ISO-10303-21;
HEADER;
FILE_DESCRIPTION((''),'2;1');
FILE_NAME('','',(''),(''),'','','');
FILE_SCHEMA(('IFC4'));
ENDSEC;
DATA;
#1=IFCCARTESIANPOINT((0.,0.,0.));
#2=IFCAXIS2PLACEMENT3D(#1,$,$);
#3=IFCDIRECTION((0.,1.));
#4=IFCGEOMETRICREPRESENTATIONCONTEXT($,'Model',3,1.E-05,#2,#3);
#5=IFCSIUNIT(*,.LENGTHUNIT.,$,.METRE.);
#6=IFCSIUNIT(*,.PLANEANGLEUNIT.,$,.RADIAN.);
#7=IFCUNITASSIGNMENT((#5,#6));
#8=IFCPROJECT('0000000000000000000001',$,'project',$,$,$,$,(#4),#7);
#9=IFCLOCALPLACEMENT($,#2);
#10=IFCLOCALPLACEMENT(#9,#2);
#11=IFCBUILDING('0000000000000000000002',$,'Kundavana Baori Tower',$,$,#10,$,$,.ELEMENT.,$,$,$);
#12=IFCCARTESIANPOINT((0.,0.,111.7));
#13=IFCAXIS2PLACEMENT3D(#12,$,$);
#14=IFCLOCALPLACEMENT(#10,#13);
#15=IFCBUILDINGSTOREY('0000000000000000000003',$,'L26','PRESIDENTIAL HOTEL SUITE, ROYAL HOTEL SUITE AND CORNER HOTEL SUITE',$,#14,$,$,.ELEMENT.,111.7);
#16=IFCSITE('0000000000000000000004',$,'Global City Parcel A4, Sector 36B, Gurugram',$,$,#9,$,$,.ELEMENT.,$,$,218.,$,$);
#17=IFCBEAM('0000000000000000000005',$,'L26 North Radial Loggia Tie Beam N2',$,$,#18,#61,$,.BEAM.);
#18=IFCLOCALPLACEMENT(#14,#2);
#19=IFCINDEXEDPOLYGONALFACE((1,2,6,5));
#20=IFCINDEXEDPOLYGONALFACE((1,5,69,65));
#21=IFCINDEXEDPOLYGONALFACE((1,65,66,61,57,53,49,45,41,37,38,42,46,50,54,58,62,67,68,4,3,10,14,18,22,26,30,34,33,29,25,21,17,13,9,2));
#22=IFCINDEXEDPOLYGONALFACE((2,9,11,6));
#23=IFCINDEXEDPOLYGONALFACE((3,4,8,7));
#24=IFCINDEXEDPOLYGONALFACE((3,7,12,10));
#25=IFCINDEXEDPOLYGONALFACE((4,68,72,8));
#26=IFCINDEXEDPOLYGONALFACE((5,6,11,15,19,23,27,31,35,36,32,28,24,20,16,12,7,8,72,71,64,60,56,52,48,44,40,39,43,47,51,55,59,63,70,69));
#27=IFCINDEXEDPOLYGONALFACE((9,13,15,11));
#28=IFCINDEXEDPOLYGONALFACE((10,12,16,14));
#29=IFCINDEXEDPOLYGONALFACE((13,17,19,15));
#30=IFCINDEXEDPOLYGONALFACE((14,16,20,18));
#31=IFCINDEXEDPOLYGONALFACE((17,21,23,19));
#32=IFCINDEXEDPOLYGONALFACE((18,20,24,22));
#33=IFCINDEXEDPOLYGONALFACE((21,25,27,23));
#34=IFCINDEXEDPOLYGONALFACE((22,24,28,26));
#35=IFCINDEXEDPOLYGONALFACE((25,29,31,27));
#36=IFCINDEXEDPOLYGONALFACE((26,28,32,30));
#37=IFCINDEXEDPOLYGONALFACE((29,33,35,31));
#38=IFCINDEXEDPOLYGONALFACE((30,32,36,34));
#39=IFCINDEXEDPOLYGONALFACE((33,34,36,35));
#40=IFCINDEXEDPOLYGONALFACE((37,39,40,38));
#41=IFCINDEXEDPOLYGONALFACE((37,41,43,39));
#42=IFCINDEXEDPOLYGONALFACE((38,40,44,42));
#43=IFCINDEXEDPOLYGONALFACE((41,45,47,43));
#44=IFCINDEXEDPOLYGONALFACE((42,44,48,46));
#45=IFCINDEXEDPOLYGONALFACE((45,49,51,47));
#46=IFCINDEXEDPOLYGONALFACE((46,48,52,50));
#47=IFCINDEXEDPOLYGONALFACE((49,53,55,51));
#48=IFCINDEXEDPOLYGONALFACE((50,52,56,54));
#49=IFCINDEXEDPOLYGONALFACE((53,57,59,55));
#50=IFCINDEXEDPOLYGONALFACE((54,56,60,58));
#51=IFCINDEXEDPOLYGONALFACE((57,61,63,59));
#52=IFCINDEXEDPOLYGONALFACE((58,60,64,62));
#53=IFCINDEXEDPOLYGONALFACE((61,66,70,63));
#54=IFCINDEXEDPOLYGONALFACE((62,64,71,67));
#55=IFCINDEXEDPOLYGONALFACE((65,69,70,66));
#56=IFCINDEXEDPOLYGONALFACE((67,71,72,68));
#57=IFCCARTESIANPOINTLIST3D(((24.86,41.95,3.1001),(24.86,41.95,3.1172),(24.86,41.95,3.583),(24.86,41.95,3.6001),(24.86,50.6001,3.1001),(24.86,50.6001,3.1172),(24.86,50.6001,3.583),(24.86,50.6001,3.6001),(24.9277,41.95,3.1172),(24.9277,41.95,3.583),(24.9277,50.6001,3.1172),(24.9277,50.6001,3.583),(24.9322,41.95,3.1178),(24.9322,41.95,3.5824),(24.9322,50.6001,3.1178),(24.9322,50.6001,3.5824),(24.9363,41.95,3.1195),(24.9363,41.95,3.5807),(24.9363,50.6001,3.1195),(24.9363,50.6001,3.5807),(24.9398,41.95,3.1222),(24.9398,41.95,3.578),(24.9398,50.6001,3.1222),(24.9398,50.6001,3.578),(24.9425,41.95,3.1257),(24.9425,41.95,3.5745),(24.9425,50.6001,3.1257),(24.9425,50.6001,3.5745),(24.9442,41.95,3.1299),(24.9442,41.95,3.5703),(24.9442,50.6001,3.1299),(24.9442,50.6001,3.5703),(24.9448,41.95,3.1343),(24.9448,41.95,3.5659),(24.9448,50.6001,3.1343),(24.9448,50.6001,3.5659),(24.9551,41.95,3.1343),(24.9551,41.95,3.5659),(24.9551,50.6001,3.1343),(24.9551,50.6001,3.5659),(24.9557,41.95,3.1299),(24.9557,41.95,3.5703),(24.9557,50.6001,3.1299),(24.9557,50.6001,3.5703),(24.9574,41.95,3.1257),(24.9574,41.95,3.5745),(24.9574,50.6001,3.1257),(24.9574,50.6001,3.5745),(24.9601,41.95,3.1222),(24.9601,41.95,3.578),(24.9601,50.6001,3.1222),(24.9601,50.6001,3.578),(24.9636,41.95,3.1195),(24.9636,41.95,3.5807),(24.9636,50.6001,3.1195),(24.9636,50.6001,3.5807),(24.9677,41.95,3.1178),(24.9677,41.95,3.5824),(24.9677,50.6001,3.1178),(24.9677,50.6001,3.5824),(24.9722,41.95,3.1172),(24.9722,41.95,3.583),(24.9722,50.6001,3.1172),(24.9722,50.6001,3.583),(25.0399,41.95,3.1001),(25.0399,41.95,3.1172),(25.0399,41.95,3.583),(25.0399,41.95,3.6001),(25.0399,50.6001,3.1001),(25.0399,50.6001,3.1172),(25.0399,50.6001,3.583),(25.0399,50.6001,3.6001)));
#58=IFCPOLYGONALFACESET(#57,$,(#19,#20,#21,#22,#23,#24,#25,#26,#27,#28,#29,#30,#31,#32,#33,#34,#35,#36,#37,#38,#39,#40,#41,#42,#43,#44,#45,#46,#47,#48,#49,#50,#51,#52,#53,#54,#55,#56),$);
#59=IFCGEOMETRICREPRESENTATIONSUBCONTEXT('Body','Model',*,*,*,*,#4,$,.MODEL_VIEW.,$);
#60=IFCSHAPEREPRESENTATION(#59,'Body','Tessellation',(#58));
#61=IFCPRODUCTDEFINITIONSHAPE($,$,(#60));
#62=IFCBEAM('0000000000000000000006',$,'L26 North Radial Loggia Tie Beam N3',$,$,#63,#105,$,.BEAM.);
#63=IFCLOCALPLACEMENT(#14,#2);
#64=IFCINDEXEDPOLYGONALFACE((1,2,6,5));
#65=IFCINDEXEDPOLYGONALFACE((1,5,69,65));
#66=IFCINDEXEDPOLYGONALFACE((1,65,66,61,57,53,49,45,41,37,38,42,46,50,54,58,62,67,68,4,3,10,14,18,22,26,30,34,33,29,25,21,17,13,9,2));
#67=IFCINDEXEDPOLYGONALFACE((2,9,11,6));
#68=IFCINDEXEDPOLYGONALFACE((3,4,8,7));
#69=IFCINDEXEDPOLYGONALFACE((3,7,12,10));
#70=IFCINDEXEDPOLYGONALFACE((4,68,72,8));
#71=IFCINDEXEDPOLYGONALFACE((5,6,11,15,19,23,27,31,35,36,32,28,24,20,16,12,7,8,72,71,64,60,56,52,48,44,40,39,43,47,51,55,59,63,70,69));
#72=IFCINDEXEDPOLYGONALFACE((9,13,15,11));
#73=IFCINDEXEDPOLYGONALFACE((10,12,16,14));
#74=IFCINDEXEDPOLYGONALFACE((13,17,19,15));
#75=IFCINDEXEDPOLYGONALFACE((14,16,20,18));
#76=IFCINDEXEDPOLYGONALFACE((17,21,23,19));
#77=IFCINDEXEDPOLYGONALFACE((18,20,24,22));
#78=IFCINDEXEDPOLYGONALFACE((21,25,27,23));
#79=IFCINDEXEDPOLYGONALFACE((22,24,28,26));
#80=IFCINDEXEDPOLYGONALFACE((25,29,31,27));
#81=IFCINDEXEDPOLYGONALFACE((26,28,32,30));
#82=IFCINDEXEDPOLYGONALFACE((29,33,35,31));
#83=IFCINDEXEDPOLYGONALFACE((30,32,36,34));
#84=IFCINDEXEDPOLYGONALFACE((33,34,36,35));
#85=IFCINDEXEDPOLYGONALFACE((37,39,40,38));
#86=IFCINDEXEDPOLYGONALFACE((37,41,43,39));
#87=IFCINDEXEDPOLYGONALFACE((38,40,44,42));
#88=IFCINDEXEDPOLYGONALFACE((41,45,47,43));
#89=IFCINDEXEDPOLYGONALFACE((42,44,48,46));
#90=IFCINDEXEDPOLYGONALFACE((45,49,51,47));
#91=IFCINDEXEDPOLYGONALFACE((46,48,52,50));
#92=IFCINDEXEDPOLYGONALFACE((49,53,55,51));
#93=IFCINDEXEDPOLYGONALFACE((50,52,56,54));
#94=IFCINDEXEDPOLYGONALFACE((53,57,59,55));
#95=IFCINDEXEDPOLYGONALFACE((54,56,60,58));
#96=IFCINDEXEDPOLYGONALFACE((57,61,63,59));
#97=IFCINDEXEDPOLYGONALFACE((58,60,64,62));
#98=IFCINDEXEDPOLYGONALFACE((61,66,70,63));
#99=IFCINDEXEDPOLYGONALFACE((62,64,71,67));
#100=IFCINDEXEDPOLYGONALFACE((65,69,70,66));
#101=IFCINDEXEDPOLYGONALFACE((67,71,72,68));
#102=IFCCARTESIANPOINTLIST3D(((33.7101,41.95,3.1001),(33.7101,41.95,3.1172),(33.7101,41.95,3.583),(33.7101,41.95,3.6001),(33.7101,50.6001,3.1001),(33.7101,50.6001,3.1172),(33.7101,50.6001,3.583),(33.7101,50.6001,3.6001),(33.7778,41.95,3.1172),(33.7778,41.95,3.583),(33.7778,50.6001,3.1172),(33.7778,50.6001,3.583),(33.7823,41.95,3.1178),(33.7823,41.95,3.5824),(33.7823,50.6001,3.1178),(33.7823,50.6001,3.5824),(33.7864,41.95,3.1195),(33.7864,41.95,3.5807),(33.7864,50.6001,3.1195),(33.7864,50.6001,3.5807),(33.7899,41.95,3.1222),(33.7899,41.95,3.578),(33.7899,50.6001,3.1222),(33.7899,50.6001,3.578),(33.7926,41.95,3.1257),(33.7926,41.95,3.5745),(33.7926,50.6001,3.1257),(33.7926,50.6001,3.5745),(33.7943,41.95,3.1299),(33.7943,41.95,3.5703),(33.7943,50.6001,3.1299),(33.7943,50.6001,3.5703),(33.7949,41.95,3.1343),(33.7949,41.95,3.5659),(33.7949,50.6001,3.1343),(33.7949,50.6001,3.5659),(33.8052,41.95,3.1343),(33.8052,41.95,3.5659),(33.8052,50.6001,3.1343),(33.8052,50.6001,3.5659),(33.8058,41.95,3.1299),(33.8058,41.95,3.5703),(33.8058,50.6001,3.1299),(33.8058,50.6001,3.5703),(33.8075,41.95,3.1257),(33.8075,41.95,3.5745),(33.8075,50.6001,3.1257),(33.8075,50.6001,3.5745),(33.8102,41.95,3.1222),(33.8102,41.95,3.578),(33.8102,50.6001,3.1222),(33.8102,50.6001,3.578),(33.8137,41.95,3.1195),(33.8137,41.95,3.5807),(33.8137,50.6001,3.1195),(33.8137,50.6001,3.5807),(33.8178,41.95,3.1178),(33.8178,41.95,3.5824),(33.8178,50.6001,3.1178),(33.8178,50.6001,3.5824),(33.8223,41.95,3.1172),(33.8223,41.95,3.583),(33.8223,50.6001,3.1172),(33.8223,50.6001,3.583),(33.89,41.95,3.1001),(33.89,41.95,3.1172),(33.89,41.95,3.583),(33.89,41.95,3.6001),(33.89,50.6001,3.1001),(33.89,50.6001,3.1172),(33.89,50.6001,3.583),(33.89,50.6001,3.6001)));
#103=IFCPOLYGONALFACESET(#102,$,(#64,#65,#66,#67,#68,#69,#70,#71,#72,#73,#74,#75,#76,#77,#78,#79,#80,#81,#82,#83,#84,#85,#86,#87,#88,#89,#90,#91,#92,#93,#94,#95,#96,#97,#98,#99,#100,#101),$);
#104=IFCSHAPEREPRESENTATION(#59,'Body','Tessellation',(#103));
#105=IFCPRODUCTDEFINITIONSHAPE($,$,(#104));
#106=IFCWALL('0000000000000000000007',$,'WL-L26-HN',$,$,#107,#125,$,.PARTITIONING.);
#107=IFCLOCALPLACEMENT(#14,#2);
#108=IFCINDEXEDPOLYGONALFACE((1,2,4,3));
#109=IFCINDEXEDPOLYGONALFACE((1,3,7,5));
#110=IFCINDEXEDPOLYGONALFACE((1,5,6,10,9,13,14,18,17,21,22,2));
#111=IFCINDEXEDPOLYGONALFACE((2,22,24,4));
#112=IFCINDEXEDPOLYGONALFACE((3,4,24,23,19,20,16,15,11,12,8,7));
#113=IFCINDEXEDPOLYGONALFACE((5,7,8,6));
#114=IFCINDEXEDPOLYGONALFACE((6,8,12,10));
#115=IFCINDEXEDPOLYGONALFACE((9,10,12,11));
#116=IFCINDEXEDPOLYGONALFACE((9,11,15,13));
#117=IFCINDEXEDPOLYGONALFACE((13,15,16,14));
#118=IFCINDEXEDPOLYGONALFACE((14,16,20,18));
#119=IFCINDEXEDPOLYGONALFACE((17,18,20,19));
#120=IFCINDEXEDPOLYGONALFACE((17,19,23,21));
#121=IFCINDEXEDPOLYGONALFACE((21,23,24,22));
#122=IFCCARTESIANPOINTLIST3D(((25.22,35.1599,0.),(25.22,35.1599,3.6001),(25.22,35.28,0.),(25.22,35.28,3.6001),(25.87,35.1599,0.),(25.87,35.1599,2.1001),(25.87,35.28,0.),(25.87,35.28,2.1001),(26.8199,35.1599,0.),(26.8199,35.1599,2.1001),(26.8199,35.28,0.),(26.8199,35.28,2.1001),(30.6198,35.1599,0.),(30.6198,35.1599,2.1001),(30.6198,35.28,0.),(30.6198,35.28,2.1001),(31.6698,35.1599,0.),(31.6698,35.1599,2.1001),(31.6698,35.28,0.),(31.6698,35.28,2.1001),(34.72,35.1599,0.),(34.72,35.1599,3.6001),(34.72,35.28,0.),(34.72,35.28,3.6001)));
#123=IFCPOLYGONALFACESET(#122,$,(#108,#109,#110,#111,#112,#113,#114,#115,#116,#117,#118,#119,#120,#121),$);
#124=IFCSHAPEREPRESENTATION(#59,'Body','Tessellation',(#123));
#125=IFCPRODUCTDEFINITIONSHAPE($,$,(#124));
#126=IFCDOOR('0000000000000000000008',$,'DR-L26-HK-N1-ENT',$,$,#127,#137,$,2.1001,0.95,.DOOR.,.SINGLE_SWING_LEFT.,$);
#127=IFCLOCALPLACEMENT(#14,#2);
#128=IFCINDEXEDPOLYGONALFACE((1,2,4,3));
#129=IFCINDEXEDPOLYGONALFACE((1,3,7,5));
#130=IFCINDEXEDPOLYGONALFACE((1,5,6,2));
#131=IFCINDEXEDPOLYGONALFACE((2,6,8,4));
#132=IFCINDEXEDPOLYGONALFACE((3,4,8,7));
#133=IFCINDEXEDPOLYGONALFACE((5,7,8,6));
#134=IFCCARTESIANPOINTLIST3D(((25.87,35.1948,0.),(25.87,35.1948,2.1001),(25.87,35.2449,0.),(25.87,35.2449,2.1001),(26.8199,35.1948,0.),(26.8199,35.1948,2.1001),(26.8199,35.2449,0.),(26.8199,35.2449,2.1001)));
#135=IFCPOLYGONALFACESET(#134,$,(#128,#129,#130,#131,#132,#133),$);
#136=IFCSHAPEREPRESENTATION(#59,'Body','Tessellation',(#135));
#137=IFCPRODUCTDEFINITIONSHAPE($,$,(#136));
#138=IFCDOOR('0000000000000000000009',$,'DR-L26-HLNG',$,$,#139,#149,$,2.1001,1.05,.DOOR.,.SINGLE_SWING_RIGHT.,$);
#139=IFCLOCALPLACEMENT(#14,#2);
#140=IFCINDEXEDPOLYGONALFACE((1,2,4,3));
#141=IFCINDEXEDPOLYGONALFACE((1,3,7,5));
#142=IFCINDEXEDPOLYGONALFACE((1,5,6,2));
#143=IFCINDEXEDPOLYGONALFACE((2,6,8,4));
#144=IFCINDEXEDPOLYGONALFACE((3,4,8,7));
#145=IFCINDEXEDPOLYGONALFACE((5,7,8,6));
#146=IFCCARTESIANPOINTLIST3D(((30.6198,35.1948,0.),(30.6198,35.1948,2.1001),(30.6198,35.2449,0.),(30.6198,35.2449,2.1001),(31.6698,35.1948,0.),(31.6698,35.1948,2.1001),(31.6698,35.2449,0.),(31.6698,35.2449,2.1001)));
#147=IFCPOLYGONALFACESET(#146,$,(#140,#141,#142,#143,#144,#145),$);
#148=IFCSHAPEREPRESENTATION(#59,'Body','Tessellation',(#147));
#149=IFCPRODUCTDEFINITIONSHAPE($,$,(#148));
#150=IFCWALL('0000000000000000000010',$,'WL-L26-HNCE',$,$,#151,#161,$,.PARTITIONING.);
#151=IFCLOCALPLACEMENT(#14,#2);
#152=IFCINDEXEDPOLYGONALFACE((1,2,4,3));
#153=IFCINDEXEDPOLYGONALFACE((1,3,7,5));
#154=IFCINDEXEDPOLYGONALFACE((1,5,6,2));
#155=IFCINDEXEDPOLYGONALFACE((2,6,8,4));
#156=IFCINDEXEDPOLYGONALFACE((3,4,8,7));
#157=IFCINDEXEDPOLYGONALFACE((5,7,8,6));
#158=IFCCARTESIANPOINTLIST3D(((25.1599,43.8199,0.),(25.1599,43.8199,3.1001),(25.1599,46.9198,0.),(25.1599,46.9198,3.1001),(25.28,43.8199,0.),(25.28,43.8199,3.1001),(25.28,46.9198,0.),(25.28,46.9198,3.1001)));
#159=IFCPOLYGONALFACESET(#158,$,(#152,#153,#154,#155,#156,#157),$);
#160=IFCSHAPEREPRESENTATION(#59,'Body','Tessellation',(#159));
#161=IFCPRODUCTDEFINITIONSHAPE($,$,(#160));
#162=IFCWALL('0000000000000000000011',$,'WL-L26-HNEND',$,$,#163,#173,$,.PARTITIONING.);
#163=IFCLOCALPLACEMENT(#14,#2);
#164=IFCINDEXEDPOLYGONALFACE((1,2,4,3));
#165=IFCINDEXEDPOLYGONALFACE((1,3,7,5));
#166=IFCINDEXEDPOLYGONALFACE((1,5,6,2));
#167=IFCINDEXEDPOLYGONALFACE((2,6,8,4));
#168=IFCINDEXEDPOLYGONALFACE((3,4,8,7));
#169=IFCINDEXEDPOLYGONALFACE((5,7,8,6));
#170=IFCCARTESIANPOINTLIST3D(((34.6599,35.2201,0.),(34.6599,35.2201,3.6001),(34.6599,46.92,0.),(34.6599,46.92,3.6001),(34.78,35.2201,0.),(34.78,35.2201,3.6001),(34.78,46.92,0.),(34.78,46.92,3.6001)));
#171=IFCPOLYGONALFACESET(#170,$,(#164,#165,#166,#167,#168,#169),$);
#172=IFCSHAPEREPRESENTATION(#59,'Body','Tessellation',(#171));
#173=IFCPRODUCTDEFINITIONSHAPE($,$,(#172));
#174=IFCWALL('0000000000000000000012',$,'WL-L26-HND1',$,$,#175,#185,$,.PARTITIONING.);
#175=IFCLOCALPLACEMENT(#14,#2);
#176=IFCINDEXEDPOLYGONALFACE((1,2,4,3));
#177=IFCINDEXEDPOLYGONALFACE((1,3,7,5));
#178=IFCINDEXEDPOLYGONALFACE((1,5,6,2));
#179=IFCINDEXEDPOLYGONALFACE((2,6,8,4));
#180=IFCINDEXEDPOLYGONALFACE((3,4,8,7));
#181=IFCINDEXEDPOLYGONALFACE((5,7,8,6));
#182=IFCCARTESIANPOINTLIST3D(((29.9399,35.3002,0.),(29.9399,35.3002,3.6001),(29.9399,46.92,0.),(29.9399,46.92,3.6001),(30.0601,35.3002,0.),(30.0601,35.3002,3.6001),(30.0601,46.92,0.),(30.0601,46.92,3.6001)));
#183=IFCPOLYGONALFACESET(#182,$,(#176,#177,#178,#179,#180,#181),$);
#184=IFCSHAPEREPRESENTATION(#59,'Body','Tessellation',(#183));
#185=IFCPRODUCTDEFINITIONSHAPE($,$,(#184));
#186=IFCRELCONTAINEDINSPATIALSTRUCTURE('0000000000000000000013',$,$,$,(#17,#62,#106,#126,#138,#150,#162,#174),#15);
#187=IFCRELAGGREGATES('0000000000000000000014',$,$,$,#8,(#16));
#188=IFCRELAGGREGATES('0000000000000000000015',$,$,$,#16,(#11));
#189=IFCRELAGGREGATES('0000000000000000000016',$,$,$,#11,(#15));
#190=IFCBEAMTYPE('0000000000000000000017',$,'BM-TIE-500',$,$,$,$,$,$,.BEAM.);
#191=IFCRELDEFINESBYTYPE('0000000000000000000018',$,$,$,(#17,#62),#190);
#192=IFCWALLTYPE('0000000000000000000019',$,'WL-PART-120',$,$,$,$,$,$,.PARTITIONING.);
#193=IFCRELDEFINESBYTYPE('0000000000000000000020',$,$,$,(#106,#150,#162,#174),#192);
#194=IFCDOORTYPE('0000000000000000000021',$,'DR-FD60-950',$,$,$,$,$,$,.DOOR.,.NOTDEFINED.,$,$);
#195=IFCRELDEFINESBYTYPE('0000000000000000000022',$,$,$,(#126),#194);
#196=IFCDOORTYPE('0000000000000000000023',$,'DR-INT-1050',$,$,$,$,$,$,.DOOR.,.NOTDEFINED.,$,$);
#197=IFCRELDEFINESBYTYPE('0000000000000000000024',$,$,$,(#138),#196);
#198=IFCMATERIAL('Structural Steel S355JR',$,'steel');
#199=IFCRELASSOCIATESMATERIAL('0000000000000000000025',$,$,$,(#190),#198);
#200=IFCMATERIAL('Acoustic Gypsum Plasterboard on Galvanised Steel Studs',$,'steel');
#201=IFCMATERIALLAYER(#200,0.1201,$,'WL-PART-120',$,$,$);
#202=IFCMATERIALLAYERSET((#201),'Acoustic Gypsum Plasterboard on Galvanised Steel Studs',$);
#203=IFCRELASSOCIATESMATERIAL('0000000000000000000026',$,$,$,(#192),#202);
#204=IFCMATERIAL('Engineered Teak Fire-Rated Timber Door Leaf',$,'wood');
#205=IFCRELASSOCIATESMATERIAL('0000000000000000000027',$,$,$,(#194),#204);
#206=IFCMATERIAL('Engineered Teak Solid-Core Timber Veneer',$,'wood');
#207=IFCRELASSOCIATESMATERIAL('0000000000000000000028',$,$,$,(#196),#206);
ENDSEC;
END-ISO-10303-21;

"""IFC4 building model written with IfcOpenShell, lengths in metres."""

from ifc_helpers import new_model, si_unit, direction, frame, frame_2d, origin, origin_2d, place, context, subcontext, project, spatial, rectangle, i_section, extrude, material, layer, layer_set, material_profile, profile_set, type_object, element, fill, save


model = new_model("IFC4")

# Units and contexts
model_context = context("Model", 3, precision=1e-05, world=origin(), true_north=direction((0.0, 1.0)))
body_context = subcontext(model_context, "Body", "Model", "MODEL_VIEW")
ifc_project = project(units=[si_unit("LENGTHUNIT", "METRE"), si_unit("PLANEANGLEUNIT", "RADIAN")], contexts=[model_context])

# Site, building, storey
site_placement = place(None, origin())
site = spatial("IfcSite", under=ifc_project, at=site_placement, Name="Global City Parcel A4, Sector 36B, Gurugram", CompositionType="ELEMENT", RefElevation=218.0)
building_placement = place(site_placement, origin())
building = spatial("IfcBuilding", under=site, at=building_placement, Name="Kundavana Baori Tower", CompositionType="ELEMENT")
storey_placement = place(building_placement, frame((0.0, 0.0, 111.7)))
storey = spatial("IfcBuildingStorey", under=building, at=storey_placement, Name="L26", Description="PRESIDENTIAL HOTEL SUITE, ROYAL HOTEL SUITE AND CORNER HOTEL SUITE", CompositionType="ELEMENT", Elevation=111.7)

# Beams
ifc_material_1 = material(Name="Structural Steel S355JR", Category="steel")
ifc_material_profile_1 = material_profile(ifc_material_1, i_section(OverallWidth=0.1799, OverallDepth=0.5, WebThickness=0.0103, FlangeThickness=0.0171, FilletRadius=0.0171, at=origin_2d()), Name="ISMB 500")
ifc_profile_set_1 = profile_set([ifc_material_profile_1], Name="Structural Steel S355JR")
beam_type_1 = type_object("IfcBeamType", Name="BM-TIE-500", PredefinedType="BEAM", material=ifc_profile_set_1)
for number, where, z_axis, x_axis, name in (
    (1, (24.95, 41.95, 3.3501), (0.0, 1.0, 0.0), (-1.0, 0.0, 0.0), "L26 North Radial Loggia Tie Beam N2"),
    (2, (33.8, 41.95, 3.3501), (0.0, 1.0, 0.0), (-1.0, 0.0, 0.0), "L26 North Radial Loggia Tie Beam N3"),
):
    element("IfcBeam", number, at=place(storey_placement, frame(where, z_axis=z_axis, x_axis=x_axis)), inside=storey, type_object=beam_type_1, Name=name, PredefinedType="BEAM", context=body_context, shape_type="SweptSolid", body=[
        extrude(i_section(OverallWidth=0.1799, OverallDepth=0.5, WebThickness=0.0103, FlangeThickness=0.0171, FilletRadius=0.0171, at=origin_2d()), origin(), (0.0, 0.0, 1.0), 8.6501),
    ])

# Wall, openings, doors
ifc_material_2 = material(Name="Acoustic Gypsum Plasterboard on Galvanised Steel Studs", Category="steel")
ifc_layer_1 = layer(ifc_material_2, 0.1201, Name="WL-PART-120")
ifc_layer_set_1 = layer_set([ifc_layer_1], Name="Acoustic Gypsum Plasterboard on Galvanised Steel Studs")
wall_type_1 = type_object("IfcWallType", Name="WL-PART-120", PredefinedType="PARTITIONING", material=ifc_layer_set_1)
wall_1_placement = place(storey_placement, frame((25.22, 35.22, 0.0), z_axis=(0.0, 0.0, 1.0), x_axis=(1.0, 0.0, 0.0)))
wall_1 = element("IfcWall", 3, at=wall_1_placement, inside=storey, type_object=wall_type_1, Name="WL-L26-HN", PredefinedType="PARTITIONING", context=body_context, shape_type="SweptSolid", body=[
    extrude(rectangle(XDim=9.5, YDim=0.1201, at=frame_2d((4.75, 0.0))), origin(), (0.0, 0.0, 1.0), 3.6001),
])
opening_1_placement = place(wall_1_placement, frame((0.6499, 0.0, 0.0)))
opening_1 = element("IfcOpeningElement", 4, at=opening_1_placement, cuts=wall_1, PredefinedType="OPENING", context=body_context, shape_type="SweptSolid", body=[
    extrude(rectangle(XDim=0.95, YDim=2.1001, at=frame_2d((0.4751, 1.05))), frame((0.0, 0.0701, 0.0), z_axis=(0.0, -1.0, 0.0), x_axis=(1.0, 0.0, 0.0)), (0.0, 0.0, 1.0), 0.1401),
])
opening_2_placement = place(wall_1_placement, frame((5.3999, 0.0, 0.0)))
opening_2 = element("IfcOpeningElement", 5, at=opening_2_placement, cuts=wall_1, PredefinedType="OPENING", context=body_context, shape_type="SweptSolid", body=[
    extrude(rectangle(XDim=1.05, YDim=2.1001, at=frame_2d((0.5249, 1.05))), frame((0.0, 0.0701, 0.0), z_axis=(0.0, -1.0, 0.0), x_axis=(1.0, 0.0, 0.0)), (0.0, 0.0, 1.0), 0.1401),
])
ifc_material_3 = material(Name="Engineered Teak Fire-Rated Timber Door Leaf", Category="wood")
door_type_1 = type_object("IfcDoorType", Name="DR-FD60-950", OperationType="NOTDEFINED", PredefinedType="DOOR", material=ifc_material_3)
door_1_placement = place(opening_1_placement, origin())
door_1 = element("IfcDoor", 6, at=door_1_placement, inside=storey, type_object=door_type_1, Name="DR-L26-HK-N1-ENT", OperationType="SINGLE_SWING_LEFT", OverallHeight=2.1001, OverallWidth=0.95, PredefinedType="DOOR", context=body_context, shape_type="SweptSolid", body=[
    extrude(rectangle(XDim=0.95, YDim=2.1001, at=frame_2d((0.4751, 1.05))), frame((0.0, 0.0249, 0.0), z_axis=(0.0, -1.0, 0.0), x_axis=(1.0, 0.0, 0.0)), (0.0, 0.0, 1.0), 0.05),
])
fill(opening_1, door_1)
ifc_material_4 = material(Name="Engineered Teak Solid-Core Timber Veneer", Category="wood")
door_type_2 = type_object("IfcDoorType", Name="DR-INT-1050", OperationType="NOTDEFINED", PredefinedType="DOOR", material=ifc_material_4)
door_2_placement = place(opening_2_placement, origin())
door_2 = element("IfcDoor", 7, at=door_2_placement, inside=storey, type_object=door_type_2, Name="DR-L26-HLNG", OperationType="SINGLE_SWING_RIGHT", OverallHeight=2.1001, OverallWidth=1.05, PredefinedType="DOOR", context=body_context, shape_type="SweptSolid", body=[
    extrude(rectangle(XDim=1.05, YDim=2.1001, at=frame_2d((0.5249, 1.05))), frame((0.0, 0.0249, 0.0), z_axis=(0.0, -1.0, 0.0), x_axis=(1.0, 0.0, 0.0)), (0.0, 0.0, 1.0), 0.05),
])
fill(opening_2, door_2)

# Walls
wall_2_placement = place(storey_placement, frame((25.22, 43.8201, 0.0), z_axis=(0.0, 0.0, 1.0), x_axis=(0.0, 1.0, 0.0)))
element("IfcWall", 8, at=wall_2_placement, inside=storey, type_object=wall_type_1, Name="WL-L26-HNCE", PredefinedType="PARTITIONING", context=body_context, shape_type="SweptSolid", body=[
    extrude(rectangle(XDim=3.0999, YDim=0.1201, at=frame_2d((1.5498, 0.0))), origin(), (0.0, 0.0, 1.0), 3.1001),
])
wall_3_placement = place(storey_placement, frame((34.72, 35.22, 0.0), z_axis=(0.0, 0.0, 1.0), x_axis=(0.0, 1.0, 0.0)))
element("IfcWall", 9, at=wall_3_placement, inside=storey, type_object=wall_type_1, Name="WL-L26-HNEND", PredefinedType="PARTITIONING", context=body_context, shape_type="SweptSolid", body=[
    extrude(rectangle(XDim=11.7, YDim=0.1201, at=frame_2d((5.8501, 0.0))), origin(), (0.0, 0.0, 1.0), 3.6001),
])
wall_4_placement = place(storey_placement, frame((30.0, 35.3, 0.0), z_axis=(0.0, 0.0, 1.0), x_axis=(0.0, 1.0, 0.0)))
element("IfcWall", 10, at=wall_4_placement, inside=storey, type_object=wall_type_1, Name="WL-L26-HND1", PredefinedType="PARTITIONING", context=body_context, shape_type="SweptSolid", body=[
    extrude(rectangle(XDim=11.6199, YDim=0.1201, at=frame_2d((5.8101, 0.0))), origin(), (0.0, 0.0, 1.0), 3.6001),
])

save(model, "model.ifc")
